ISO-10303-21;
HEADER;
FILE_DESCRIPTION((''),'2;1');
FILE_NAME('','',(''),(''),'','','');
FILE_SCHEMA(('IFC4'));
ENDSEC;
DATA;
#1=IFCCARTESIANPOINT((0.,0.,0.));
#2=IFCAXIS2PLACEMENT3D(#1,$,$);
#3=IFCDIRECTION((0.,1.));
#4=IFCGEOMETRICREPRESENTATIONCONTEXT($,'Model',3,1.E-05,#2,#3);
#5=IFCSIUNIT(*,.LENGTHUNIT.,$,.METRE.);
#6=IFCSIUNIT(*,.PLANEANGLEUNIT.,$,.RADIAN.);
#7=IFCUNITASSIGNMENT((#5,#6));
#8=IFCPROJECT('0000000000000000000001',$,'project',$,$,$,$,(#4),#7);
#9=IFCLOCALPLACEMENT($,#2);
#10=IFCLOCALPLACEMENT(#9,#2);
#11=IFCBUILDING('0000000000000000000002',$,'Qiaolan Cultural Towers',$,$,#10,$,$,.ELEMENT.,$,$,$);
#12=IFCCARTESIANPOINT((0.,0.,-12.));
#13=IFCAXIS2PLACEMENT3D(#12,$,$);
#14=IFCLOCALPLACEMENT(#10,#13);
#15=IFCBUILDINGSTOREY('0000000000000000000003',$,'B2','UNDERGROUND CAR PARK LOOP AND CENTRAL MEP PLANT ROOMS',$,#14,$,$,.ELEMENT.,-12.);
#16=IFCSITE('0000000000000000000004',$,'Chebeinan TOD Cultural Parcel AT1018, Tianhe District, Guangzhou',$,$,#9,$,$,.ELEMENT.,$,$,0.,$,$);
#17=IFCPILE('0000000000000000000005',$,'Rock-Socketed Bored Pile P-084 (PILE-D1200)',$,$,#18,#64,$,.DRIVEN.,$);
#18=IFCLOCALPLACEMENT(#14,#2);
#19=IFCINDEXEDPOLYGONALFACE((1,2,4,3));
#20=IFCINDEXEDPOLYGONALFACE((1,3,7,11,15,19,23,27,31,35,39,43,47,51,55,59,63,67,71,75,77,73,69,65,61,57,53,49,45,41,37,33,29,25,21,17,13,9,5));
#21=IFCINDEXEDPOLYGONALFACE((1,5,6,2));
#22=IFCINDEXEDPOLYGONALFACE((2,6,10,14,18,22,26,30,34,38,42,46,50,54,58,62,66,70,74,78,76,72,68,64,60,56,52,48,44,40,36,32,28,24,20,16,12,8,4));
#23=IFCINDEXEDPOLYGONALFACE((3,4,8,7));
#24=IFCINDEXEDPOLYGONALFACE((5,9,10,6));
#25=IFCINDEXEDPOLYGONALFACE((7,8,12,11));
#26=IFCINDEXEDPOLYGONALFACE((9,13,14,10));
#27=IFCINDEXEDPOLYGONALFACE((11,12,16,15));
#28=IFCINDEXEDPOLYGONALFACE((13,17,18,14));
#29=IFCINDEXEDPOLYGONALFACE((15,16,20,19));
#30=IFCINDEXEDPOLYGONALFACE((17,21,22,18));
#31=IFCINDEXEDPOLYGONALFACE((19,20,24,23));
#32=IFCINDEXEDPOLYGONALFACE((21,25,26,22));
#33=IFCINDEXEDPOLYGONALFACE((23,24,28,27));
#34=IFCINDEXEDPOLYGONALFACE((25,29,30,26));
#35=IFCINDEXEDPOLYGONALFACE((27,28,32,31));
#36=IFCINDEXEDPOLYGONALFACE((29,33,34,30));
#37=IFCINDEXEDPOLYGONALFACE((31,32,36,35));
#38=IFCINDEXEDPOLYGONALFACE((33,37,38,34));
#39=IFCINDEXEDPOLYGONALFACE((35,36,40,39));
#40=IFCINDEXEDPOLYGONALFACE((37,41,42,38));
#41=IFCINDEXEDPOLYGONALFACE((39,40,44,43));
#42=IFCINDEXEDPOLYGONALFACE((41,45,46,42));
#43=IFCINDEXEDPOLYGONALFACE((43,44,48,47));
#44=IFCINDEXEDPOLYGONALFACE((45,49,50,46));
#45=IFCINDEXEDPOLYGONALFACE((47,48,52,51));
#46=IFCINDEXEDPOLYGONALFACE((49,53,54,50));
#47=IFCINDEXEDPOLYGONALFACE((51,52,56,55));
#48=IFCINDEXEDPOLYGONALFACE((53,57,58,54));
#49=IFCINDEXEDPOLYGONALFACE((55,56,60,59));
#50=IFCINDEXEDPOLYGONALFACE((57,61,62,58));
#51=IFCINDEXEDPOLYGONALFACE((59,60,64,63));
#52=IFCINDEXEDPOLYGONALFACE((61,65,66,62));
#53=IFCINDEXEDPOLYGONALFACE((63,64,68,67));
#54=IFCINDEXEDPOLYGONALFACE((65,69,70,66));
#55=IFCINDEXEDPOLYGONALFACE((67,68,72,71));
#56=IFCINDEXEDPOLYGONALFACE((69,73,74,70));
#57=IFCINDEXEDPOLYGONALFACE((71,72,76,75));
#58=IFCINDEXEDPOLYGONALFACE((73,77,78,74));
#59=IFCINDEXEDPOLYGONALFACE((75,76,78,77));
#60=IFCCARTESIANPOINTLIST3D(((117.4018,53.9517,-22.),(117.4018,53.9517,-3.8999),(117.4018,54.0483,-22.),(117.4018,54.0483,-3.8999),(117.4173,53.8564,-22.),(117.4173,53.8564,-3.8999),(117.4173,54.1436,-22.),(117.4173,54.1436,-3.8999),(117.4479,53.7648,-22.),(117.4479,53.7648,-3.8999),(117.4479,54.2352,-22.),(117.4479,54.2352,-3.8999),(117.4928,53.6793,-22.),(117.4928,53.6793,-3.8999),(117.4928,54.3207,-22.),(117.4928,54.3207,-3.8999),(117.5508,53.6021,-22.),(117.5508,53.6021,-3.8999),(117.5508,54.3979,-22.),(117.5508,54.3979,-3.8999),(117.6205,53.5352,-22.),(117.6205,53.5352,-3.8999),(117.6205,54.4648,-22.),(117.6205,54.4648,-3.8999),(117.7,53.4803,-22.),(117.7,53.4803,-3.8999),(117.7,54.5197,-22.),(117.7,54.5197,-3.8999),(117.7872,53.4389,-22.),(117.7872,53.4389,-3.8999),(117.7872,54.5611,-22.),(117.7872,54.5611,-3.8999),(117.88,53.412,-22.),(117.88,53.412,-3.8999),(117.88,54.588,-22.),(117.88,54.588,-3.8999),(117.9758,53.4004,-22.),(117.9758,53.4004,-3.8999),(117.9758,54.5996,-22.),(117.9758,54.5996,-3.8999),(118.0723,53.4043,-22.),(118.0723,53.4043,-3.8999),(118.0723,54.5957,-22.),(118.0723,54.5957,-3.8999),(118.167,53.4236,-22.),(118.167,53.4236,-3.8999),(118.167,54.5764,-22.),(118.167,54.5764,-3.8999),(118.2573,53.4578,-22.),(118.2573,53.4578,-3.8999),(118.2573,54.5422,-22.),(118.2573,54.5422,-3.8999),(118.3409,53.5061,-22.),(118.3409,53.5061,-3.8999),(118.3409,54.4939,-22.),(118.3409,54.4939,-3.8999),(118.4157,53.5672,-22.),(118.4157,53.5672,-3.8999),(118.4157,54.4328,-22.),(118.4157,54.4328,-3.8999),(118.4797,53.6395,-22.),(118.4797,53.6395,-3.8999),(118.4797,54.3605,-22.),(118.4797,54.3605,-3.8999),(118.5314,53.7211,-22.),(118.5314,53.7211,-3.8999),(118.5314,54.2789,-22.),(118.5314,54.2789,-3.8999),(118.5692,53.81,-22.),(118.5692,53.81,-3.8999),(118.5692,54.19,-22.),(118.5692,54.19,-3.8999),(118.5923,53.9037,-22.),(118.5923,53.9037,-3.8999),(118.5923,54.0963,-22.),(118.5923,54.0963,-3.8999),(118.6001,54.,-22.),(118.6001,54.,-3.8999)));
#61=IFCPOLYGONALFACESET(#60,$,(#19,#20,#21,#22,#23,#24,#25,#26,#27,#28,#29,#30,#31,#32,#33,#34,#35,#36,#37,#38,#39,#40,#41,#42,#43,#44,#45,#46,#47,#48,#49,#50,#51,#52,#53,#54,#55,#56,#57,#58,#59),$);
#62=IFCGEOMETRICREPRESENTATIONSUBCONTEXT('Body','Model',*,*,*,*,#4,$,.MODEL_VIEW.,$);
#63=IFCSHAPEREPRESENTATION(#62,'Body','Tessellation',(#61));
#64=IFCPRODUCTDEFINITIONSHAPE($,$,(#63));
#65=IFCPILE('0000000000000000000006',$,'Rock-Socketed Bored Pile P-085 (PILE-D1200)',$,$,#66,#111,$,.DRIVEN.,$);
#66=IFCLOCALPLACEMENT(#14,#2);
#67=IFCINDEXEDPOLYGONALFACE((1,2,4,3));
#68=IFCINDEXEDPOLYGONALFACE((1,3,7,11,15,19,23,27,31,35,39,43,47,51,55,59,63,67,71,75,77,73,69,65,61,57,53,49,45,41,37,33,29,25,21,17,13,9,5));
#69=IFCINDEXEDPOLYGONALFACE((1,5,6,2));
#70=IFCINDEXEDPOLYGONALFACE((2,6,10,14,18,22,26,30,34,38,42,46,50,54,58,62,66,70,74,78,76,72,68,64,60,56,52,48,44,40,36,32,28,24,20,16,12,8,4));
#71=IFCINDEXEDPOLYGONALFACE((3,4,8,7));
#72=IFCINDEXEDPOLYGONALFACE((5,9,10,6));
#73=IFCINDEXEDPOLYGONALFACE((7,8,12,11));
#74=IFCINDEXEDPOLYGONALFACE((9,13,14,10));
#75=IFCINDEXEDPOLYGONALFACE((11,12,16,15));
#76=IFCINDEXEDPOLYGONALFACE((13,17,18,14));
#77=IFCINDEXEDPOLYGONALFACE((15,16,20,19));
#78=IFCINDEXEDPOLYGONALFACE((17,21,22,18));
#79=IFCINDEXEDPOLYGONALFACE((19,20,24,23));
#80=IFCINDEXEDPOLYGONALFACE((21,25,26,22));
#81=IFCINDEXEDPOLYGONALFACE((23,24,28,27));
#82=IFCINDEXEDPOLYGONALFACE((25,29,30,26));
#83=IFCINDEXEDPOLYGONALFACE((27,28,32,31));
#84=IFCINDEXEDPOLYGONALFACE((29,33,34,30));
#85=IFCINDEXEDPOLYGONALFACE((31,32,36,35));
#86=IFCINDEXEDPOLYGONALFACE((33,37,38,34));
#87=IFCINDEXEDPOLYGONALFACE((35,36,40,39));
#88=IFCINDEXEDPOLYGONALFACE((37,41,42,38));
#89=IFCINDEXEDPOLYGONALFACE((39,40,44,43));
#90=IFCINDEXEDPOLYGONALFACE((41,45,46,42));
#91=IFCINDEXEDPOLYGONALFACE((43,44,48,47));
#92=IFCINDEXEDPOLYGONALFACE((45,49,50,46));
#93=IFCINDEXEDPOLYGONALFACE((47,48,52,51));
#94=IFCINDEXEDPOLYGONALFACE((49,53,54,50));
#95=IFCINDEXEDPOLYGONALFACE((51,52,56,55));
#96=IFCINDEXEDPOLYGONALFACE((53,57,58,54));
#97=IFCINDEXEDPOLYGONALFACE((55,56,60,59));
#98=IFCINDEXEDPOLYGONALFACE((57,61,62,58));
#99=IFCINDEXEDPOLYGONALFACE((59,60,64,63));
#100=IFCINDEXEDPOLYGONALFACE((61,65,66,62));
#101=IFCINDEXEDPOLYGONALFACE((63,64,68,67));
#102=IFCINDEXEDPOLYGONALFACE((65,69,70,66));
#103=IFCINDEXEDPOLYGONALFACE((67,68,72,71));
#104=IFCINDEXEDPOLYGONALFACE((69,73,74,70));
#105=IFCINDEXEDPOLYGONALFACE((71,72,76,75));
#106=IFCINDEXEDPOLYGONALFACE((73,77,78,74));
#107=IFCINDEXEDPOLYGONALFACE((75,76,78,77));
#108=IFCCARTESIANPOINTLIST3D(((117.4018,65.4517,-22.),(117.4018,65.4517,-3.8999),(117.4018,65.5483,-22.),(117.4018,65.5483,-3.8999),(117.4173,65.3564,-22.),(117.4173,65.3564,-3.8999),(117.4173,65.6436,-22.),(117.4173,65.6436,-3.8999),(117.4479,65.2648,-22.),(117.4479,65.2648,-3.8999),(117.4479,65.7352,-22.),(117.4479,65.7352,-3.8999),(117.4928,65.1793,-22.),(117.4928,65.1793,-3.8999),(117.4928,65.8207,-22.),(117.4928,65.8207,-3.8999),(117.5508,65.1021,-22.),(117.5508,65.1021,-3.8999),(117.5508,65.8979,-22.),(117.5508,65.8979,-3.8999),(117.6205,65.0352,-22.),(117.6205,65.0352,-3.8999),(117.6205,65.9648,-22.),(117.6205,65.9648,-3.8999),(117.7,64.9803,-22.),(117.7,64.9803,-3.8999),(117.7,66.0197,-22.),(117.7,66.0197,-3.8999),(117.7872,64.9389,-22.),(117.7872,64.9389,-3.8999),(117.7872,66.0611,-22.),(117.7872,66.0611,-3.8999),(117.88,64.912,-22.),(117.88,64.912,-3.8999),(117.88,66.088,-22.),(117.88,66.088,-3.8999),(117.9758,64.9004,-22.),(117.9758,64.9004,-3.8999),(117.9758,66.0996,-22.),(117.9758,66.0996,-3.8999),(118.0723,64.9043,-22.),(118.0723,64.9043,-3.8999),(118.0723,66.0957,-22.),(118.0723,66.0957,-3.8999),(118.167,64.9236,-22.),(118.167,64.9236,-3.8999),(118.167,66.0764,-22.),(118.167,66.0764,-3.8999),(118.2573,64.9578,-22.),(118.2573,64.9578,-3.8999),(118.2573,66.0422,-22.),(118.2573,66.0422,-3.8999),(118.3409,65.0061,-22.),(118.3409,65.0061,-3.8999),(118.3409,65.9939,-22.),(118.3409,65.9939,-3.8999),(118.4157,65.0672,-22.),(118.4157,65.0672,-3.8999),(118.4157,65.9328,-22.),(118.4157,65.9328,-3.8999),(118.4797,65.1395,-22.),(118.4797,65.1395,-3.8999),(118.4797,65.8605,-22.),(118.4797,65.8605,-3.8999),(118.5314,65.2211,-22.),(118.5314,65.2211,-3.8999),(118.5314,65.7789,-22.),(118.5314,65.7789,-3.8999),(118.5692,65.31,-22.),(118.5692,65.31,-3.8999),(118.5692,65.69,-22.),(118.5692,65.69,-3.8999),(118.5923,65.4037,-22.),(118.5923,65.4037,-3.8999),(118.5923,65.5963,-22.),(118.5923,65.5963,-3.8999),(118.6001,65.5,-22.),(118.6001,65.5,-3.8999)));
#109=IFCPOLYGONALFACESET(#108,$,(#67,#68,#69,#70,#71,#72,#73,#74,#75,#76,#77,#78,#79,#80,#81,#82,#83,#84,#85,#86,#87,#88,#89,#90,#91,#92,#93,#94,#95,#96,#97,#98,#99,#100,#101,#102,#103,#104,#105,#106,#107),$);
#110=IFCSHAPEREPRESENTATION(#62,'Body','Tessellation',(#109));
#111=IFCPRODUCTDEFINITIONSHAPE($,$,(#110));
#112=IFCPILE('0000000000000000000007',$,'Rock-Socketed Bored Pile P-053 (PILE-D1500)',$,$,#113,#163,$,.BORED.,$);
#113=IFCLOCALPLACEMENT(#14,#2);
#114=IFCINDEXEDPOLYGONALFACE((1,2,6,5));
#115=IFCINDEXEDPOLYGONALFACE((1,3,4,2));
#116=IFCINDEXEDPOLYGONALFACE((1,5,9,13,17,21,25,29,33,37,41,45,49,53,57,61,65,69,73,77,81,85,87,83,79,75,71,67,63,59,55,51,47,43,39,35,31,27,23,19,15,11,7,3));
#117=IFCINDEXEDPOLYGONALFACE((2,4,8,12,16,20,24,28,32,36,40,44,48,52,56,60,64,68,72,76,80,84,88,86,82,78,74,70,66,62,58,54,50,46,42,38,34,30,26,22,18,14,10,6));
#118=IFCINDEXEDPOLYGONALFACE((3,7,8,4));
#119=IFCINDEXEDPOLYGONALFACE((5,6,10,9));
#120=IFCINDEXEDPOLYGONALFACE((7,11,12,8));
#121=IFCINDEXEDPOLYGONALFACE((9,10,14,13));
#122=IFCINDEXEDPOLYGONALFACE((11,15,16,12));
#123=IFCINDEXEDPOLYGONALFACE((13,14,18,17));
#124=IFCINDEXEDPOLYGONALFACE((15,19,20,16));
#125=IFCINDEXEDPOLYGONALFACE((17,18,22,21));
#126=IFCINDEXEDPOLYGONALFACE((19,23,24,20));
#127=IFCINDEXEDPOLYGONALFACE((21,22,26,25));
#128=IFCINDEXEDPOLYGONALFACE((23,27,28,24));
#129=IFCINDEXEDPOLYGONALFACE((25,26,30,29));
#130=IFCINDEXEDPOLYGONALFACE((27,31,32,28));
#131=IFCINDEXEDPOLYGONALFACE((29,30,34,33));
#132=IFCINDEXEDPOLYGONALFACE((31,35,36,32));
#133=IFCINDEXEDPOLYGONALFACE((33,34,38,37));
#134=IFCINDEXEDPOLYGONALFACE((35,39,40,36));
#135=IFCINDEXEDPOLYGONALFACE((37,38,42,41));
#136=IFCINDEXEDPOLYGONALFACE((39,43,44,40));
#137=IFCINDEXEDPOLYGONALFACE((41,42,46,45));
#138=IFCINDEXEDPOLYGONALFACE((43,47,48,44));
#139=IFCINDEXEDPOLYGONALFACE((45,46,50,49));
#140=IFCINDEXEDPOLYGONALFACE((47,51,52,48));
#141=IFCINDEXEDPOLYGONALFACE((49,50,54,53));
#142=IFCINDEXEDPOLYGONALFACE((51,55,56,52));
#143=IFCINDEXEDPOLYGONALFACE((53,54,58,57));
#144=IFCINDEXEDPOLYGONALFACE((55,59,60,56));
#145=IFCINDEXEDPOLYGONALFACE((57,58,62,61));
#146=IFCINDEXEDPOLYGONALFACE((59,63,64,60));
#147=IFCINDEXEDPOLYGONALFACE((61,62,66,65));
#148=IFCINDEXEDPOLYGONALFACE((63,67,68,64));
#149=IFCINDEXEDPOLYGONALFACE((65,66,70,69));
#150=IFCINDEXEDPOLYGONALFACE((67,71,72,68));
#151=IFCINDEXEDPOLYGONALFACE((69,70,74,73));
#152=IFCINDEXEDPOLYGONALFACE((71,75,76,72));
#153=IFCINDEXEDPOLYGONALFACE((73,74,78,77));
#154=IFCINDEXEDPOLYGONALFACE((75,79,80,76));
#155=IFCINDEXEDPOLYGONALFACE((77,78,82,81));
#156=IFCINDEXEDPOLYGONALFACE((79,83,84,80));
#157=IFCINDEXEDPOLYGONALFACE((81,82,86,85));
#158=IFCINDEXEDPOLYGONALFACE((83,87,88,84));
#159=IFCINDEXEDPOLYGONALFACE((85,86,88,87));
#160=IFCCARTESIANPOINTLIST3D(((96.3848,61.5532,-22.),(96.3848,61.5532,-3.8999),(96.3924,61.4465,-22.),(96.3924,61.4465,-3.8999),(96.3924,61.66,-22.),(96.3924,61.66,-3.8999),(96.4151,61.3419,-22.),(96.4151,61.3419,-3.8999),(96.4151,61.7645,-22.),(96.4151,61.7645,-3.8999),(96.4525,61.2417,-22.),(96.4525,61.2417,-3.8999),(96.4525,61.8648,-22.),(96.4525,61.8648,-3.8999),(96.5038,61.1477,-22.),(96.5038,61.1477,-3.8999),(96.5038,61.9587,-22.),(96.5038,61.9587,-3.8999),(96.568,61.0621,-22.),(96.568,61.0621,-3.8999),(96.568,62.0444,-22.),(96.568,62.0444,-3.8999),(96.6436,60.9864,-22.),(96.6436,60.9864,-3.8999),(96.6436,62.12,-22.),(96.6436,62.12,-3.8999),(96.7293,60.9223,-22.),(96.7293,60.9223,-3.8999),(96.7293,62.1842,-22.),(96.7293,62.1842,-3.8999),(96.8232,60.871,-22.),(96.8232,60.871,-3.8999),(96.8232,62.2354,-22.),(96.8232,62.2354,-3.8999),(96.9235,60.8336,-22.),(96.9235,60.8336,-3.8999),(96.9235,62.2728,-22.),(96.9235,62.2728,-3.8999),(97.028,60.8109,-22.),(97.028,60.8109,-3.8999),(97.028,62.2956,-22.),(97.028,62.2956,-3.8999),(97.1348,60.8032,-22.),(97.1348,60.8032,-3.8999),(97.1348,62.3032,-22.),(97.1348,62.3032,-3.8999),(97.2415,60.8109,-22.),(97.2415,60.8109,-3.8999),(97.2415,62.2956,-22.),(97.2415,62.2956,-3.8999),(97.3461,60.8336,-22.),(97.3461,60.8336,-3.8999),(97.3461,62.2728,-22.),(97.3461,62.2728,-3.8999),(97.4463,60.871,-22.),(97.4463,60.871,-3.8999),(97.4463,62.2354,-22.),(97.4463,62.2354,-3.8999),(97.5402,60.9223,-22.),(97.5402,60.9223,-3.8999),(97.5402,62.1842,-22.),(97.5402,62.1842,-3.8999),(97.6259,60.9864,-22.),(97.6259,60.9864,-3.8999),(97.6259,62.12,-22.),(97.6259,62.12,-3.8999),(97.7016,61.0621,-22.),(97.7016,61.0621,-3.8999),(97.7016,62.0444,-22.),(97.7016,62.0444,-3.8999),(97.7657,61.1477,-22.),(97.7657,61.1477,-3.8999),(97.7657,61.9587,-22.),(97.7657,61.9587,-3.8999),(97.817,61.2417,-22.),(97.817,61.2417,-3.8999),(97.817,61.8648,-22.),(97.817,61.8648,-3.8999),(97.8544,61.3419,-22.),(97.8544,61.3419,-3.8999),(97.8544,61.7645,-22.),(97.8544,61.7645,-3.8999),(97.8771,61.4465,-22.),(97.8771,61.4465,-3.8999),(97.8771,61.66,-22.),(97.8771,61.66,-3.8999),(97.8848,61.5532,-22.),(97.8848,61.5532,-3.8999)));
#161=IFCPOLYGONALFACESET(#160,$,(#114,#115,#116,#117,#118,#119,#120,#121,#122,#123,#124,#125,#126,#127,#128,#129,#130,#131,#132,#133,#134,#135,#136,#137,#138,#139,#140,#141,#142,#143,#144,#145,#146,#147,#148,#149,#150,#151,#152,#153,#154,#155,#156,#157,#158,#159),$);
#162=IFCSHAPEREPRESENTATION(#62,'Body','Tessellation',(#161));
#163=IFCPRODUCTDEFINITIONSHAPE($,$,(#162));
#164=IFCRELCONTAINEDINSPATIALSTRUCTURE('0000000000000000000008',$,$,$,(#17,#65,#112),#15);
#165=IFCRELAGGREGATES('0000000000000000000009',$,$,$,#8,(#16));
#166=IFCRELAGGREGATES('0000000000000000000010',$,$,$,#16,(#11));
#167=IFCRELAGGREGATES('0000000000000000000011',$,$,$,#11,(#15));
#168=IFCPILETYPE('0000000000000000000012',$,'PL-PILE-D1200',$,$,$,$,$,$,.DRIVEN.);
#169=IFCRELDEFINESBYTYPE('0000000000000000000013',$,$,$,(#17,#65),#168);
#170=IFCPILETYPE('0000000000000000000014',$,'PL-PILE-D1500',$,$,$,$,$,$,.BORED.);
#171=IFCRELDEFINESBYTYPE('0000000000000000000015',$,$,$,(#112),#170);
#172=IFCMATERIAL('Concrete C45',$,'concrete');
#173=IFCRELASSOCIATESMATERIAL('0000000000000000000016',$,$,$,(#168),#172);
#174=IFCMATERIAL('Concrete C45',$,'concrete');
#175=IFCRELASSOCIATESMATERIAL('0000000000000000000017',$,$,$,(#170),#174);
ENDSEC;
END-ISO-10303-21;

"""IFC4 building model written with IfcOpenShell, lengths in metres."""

from ifc_helpers import new_model, si_unit, direction, frame, origin, origin_2d, place, context, subcontext, project, spatial, circle, extrude, material, material_profile, profile_set, type_object, element, save


model = new_model("IFC4")

# Units and contexts
model_context = context("Model", 3, precision=1e-05, world=origin(), true_north=direction((0.0, 1.0)))
body_context = subcontext(model_context, "Body", "Model", "MODEL_VIEW")
ifc_project = project(units=[si_unit("LENGTHUNIT", "METRE"), si_unit("PLANEANGLEUNIT", "RADIAN")], contexts=[model_context])

# Site, building, storey
site_placement = place(None, origin())
site = spatial("IfcSite", under=ifc_project, at=site_placement, Name="Chebeinan TOD Cultural Parcel AT1018, Tianhe District, Guangzhou", CompositionType="ELEMENT", RefElevation=0.0)
building_placement = place(site_placement, origin())
building = spatial("IfcBuilding", under=site, at=building_placement, Name="Qiaolan Cultural Towers", CompositionType="ELEMENT")
storey_placement = place(building_placement, frame((0.0, 0.0, -12.0)))
storey = spatial("IfcBuildingStorey", under=building, at=storey_placement, Name="B2", Description="UNDERGROUND CAR PARK LOOP AND CENTRAL MEP PLANT ROOMS", CompositionType="ELEMENT", Elevation=-12.0)

# Piles
ifc_material_1 = material(Name="Concrete C45", Category="concrete")
ifc_material_profile_1 = material_profile(ifc_material_1, circle(Radius=0.6001, at=origin_2d()), Name="PILE-D1200")
ifc_profile_set_1 = profile_set([ifc_material_profile_1], Name="Concrete C45")
pile_type_1 = type_object("IfcPileType", Name="PL-PILE-D1200", PredefinedType="DRIVEN", material=ifc_profile_set_1)
for number, where, z_axis, x_axis, name in (
    (1, (118.0, 54.0, -3.8999), (0.0, 0.0, -1.0), (1.0, 0.0, 0.0), "Rock-Socketed Bored Pile P-084 (PILE-D1200)"),
    (2, (118.0, 65.5, -3.8999), (0.0, 0.0, -1.0), (1.0, 0.0, 0.0), "Rock-Socketed Bored Pile P-085 (PILE-D1200)"),
):
    element("IfcPile", number, at=place(storey_placement, frame(where, z_axis=z_axis, x_axis=x_axis)), inside=storey, type_object=pile_type_1, Name=name, PredefinedType="DRIVEN", context=body_context, shape_type="SweptSolid", body=[
        extrude(circle(Radius=0.6001, at=origin_2d()), origin(), (0.0, 0.0, 1.0), 18.1001),
    ])
ifc_material_2 = material(Name="Concrete C45", Category="concrete")
ifc_material_profile_2 = material_profile(ifc_material_2, circle(Radius=0.75, at=origin_2d()), Name="PILE-D1500")
ifc_profile_set_2 = profile_set([ifc_material_profile_2], Name="Concrete C45")
pile_type_2 = type_object("IfcPileType", Name="PL-PILE-D1500", PredefinedType="BORED", material=ifc_profile_set_2)
for number, where, z_axis, x_axis, name in (
    (3, (97.1348, 61.5532, -3.8999), (0.0, 0.0, -1.0), (1.0, 0.0, 0.0), "Rock-Socketed Bored Pile P-053 (PILE-D1500)"),
):
    element("IfcPile", number, at=place(storey_placement, frame(where, z_axis=z_axis, x_axis=x_axis)), inside=storey, type_object=pile_type_2, Name=name, PredefinedType="BORED", context=body_context, shape_type="SweptSolid", body=[
        extrude(circle(Radius=0.75, at=origin_2d()), origin(), (0.0, 0.0, 1.0), 18.1001),
    ])

save(model, "model.ifc")
